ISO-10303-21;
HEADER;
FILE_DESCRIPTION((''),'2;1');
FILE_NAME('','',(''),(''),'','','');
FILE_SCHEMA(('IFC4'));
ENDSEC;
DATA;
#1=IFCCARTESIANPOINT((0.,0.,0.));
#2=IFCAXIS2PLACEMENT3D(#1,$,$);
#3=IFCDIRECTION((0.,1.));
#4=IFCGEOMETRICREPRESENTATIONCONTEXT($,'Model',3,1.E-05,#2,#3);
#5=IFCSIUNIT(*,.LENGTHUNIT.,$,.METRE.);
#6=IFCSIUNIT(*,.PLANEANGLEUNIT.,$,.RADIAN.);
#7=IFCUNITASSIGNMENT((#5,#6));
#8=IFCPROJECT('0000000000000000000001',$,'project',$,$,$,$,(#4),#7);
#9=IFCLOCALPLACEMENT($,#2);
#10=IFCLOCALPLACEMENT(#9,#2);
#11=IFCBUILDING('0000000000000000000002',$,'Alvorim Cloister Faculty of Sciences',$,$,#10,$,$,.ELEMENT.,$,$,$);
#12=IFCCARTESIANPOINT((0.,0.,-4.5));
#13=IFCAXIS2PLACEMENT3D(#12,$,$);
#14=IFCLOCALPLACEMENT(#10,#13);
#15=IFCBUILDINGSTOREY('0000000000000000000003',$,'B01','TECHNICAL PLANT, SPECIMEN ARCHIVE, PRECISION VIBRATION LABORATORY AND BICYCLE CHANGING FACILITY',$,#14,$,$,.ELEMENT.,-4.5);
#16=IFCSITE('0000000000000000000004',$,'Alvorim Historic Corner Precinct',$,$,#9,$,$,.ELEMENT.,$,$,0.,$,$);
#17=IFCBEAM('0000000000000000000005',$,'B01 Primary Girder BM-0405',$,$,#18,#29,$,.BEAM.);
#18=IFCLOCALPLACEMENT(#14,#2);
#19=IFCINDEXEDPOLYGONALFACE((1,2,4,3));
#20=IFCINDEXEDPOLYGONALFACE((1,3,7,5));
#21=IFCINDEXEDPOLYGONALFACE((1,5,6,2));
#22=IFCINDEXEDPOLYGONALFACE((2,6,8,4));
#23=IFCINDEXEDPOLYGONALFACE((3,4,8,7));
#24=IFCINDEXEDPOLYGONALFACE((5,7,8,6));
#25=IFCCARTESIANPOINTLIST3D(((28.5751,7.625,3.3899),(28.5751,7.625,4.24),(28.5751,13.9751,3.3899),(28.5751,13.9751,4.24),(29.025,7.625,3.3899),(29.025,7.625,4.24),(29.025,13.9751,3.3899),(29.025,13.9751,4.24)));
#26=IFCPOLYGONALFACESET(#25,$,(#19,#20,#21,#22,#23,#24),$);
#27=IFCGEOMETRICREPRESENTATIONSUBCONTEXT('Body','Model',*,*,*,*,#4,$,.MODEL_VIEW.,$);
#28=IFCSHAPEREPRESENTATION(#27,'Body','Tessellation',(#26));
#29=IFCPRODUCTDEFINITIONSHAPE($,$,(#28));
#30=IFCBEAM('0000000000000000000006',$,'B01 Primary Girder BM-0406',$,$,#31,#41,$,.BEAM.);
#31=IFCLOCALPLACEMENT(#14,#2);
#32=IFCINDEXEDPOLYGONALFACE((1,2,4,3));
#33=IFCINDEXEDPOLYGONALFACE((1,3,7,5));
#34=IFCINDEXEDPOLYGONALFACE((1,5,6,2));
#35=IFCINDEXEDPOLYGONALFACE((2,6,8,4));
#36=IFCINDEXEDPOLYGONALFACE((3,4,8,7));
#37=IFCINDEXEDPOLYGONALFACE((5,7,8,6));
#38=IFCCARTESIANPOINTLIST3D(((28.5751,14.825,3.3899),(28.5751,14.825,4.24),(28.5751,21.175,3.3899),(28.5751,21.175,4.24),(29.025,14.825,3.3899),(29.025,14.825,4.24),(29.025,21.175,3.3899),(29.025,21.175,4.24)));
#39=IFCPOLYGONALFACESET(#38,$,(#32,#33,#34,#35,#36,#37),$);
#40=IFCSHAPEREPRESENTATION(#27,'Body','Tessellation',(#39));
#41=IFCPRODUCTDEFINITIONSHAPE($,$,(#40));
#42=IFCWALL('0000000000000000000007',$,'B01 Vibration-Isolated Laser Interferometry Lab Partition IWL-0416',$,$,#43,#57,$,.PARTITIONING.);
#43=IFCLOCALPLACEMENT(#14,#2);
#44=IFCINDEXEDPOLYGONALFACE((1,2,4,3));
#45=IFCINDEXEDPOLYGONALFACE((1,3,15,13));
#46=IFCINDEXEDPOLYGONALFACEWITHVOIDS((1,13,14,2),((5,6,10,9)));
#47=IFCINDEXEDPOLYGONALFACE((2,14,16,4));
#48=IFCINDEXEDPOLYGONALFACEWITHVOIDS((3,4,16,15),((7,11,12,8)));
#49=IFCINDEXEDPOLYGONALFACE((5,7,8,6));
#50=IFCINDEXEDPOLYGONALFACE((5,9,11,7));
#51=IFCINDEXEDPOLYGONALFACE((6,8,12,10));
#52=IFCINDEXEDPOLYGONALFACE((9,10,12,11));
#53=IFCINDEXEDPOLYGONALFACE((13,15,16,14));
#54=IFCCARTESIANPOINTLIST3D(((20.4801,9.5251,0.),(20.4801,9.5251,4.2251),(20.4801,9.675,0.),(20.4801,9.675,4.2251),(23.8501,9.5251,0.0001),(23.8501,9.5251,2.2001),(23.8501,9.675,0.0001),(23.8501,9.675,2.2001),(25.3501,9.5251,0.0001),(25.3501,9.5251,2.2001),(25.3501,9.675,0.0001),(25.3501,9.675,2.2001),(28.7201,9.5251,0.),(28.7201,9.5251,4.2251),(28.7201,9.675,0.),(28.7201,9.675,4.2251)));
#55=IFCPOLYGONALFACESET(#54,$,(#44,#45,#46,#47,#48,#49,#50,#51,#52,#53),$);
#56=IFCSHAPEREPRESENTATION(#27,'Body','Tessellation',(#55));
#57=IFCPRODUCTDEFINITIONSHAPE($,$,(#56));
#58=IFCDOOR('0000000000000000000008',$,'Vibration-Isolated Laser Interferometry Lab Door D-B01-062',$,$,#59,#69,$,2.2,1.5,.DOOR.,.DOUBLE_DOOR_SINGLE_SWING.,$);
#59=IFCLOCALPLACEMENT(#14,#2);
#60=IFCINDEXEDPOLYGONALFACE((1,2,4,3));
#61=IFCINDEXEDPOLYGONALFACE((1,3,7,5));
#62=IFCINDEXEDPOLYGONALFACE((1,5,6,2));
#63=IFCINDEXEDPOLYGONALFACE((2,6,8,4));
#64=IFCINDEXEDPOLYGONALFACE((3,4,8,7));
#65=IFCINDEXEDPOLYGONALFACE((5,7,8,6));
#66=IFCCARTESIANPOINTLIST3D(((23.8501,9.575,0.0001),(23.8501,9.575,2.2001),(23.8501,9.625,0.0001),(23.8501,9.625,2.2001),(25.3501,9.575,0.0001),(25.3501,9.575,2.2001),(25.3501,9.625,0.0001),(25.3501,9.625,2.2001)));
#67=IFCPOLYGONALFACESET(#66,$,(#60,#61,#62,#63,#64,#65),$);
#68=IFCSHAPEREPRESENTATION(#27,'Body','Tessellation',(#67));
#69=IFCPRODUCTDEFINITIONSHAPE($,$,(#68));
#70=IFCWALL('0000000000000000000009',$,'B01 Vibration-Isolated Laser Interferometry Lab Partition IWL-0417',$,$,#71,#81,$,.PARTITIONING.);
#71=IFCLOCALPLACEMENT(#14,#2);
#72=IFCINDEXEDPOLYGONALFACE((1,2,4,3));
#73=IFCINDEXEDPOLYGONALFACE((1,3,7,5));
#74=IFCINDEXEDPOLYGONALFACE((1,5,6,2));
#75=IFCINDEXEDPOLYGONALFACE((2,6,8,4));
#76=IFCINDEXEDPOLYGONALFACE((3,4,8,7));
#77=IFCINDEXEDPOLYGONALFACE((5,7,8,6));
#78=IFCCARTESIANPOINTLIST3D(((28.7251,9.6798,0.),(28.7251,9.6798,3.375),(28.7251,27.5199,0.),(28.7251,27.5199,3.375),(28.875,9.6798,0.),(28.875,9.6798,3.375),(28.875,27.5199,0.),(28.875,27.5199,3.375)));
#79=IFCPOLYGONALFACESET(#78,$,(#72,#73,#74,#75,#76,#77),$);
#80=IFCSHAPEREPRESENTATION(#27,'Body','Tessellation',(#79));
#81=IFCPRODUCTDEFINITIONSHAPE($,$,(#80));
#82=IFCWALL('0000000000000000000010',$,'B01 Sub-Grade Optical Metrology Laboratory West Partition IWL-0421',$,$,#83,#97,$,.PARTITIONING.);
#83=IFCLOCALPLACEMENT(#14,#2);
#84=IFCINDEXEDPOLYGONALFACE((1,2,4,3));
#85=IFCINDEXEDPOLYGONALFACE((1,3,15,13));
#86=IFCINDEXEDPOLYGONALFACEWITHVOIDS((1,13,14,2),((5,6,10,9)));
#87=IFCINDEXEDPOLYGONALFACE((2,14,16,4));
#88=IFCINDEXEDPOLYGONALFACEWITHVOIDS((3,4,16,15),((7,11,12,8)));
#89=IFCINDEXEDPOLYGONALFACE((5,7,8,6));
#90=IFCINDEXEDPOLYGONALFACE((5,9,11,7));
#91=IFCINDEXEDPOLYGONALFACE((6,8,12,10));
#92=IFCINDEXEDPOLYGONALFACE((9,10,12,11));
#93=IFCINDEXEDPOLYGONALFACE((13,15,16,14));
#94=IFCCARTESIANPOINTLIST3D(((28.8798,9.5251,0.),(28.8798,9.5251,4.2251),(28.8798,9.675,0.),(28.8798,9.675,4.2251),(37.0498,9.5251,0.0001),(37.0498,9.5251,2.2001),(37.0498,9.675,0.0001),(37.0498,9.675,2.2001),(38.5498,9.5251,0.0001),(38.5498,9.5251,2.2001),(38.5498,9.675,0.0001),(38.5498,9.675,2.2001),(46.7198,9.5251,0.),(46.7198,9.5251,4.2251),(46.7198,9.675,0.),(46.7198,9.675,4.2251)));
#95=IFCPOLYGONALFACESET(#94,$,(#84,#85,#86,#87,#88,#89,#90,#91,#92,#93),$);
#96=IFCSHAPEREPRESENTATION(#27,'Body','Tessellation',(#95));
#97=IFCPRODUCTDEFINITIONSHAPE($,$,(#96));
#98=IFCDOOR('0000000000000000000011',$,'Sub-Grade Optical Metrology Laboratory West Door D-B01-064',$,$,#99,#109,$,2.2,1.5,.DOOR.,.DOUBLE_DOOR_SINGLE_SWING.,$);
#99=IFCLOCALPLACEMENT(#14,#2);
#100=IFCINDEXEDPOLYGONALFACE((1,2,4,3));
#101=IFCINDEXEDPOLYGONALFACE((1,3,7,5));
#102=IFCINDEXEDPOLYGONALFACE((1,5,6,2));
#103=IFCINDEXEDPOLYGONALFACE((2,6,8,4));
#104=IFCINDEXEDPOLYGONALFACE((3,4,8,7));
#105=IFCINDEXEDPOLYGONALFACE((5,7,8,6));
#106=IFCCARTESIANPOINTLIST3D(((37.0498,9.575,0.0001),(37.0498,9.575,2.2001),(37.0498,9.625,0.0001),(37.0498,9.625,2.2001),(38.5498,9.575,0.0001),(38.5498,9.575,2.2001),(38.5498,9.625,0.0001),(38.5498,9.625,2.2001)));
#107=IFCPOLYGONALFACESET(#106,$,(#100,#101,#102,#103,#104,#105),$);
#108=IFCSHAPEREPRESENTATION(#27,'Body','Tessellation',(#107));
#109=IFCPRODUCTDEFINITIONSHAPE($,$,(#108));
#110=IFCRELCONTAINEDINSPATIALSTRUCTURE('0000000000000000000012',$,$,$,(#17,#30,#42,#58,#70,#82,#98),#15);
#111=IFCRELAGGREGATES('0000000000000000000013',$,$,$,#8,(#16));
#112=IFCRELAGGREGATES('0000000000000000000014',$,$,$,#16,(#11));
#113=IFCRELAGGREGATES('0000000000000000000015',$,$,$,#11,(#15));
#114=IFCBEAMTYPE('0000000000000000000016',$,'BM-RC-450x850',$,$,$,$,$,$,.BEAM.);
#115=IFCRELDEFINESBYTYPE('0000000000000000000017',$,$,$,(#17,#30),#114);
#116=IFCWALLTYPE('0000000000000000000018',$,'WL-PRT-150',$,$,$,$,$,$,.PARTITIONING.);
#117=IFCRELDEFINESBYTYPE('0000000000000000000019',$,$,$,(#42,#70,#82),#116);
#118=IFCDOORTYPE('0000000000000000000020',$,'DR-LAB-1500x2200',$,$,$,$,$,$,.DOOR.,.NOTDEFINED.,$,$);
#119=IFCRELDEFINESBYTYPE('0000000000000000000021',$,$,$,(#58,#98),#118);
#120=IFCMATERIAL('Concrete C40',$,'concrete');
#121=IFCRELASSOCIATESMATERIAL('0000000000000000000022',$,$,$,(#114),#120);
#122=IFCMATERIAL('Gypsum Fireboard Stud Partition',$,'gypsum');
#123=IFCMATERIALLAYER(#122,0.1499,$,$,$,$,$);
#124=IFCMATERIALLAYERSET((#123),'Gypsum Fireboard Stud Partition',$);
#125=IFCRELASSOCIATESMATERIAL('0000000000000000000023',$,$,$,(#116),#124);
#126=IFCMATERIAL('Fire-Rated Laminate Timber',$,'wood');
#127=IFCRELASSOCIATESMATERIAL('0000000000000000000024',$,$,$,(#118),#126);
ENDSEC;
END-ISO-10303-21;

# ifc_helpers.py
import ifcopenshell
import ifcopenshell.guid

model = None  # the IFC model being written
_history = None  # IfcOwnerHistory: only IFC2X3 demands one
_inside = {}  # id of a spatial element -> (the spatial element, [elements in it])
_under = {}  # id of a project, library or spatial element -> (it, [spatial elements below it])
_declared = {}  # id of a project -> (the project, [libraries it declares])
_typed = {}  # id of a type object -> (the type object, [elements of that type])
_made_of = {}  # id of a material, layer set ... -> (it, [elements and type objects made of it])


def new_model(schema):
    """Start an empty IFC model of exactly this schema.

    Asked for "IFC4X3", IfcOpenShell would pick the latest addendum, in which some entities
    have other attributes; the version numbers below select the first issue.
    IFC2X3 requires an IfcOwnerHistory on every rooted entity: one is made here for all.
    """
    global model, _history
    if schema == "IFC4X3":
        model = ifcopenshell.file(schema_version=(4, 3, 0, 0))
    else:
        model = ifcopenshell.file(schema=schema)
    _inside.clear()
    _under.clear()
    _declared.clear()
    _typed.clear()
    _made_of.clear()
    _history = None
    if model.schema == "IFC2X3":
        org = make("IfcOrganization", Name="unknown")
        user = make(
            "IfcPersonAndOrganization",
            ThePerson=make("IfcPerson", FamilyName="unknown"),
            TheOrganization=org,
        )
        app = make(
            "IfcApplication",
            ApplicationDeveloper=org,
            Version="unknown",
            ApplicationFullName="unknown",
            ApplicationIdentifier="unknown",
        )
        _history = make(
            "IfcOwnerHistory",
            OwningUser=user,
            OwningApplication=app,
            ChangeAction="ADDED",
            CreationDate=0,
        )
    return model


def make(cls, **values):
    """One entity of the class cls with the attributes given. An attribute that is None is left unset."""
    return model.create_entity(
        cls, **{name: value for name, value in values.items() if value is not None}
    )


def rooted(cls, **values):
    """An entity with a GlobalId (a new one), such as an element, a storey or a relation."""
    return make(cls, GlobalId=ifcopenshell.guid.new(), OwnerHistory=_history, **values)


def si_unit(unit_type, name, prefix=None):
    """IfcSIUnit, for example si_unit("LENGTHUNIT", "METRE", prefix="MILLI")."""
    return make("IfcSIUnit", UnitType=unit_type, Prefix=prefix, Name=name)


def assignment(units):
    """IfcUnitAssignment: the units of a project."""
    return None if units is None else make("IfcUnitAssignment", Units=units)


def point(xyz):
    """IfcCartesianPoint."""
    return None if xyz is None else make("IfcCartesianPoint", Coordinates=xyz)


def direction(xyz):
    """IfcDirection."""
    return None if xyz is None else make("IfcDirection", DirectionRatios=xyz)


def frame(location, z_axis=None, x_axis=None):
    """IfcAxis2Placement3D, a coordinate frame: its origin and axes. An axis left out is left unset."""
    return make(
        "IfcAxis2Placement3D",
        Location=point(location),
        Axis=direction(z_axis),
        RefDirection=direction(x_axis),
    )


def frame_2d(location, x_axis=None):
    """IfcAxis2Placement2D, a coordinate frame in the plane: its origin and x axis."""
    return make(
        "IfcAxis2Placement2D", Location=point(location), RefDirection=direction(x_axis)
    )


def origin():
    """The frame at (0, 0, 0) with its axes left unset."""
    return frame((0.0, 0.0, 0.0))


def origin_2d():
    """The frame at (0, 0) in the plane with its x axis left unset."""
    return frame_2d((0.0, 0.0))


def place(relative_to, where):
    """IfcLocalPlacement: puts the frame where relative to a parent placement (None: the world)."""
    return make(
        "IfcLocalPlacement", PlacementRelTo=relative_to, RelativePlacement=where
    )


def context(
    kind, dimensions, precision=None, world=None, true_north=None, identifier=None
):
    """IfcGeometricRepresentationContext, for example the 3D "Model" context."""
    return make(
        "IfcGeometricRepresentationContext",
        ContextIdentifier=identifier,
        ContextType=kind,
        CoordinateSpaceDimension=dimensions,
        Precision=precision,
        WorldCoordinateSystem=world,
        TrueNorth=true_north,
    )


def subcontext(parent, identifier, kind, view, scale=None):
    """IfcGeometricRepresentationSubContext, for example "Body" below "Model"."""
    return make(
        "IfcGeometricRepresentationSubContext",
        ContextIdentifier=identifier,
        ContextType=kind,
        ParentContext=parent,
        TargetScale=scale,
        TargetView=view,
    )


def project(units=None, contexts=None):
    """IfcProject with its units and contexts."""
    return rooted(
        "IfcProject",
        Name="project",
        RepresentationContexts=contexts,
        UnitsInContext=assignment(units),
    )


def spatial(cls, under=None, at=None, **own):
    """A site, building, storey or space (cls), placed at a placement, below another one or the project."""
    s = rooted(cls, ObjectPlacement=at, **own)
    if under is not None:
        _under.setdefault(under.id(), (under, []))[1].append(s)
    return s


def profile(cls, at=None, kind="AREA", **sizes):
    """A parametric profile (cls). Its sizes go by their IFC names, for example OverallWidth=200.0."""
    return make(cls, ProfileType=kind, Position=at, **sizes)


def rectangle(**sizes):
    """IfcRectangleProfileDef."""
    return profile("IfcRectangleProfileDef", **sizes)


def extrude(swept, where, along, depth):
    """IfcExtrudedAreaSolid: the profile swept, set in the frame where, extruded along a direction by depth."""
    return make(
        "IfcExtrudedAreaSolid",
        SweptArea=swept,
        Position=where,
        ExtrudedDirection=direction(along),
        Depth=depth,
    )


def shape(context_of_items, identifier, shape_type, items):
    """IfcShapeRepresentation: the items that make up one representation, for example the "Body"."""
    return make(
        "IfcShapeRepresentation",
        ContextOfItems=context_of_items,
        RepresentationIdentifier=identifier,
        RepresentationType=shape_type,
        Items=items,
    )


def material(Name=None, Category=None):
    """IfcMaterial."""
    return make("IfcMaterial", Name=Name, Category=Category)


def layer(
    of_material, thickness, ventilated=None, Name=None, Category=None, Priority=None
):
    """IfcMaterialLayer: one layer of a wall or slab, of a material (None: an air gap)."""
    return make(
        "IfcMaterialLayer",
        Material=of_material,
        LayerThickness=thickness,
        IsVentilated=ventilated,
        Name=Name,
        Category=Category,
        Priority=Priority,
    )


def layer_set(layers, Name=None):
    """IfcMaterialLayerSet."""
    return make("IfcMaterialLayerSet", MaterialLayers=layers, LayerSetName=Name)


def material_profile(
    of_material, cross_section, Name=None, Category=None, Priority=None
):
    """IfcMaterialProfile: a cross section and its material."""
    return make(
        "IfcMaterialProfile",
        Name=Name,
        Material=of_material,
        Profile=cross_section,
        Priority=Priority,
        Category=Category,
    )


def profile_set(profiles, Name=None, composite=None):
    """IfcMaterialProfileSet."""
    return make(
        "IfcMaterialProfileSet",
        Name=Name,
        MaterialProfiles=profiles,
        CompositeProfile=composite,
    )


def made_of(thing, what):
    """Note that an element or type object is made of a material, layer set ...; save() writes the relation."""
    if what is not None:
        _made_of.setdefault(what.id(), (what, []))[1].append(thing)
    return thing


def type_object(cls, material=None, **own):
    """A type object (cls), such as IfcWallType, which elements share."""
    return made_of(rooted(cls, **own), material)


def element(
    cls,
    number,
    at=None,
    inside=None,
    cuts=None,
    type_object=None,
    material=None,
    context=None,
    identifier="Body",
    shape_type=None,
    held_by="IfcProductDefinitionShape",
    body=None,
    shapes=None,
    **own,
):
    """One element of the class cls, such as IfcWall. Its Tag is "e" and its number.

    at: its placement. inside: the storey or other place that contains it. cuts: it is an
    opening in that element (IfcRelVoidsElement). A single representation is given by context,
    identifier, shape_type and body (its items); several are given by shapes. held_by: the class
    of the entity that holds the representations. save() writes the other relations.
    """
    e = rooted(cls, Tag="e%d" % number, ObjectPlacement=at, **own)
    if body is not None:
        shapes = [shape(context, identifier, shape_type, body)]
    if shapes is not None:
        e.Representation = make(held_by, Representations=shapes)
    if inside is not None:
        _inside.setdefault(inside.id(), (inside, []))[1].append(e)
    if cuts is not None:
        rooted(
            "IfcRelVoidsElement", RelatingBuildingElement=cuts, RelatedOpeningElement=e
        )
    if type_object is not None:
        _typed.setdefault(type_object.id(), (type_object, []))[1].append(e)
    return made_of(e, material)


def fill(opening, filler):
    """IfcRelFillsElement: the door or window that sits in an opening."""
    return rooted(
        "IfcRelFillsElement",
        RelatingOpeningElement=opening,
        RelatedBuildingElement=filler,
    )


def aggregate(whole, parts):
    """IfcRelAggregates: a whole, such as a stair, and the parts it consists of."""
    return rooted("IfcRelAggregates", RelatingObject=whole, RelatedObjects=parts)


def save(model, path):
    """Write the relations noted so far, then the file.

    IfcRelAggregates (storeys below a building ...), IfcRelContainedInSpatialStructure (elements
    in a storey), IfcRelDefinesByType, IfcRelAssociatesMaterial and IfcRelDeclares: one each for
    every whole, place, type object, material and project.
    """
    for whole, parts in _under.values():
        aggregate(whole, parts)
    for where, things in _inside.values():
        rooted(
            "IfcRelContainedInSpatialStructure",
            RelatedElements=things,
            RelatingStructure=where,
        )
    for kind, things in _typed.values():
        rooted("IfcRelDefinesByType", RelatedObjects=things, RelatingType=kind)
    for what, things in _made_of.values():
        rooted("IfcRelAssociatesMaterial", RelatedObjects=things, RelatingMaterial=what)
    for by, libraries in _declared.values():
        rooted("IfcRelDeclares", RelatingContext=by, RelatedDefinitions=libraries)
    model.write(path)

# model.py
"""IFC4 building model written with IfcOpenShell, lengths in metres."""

from ifc_helpers import new_model, si_unit, direction, frame, frame_2d, origin, origin_2d, place, context, subcontext, project, spatial, rectangle, extrude, material, layer, layer_set, material_profile, profile_set, type_object, element, fill, save


model = new_model("IFC4")

# Units and contexts
model_context = context("Model", 3, precision=1e-05, world=origin(), true_north=direction((0.0, 1.0)))
body_context = subcontext(model_context, "Body", "Model", "MODEL_VIEW")
ifc_project = project(units=[si_unit("LENGTHUNIT", "METRE"), si_unit("PLANEANGLEUNIT", "RADIAN")], contexts=[model_context])

# Site, building, storey
site_placement = place(None, origin())
site = spatial("IfcSite", under=ifc_project, at=site_placement, Name="Alvorim Historic Corner Precinct", CompositionType="ELEMENT", RefElevation=0.0)
building_placement = place(site_placement, origin())
building = spatial("IfcBuilding", under=site, at=building_placement, Name="Alvorim Cloister Faculty of Sciences", CompositionType="ELEMENT")
storey_placement = place(building_placement, frame((0.0, 0.0, -4.5)))
storey = spatial("IfcBuildingStorey", under=building, at=storey_placement, Name="B01", Description="TECHNICAL PLANT, SPECIMEN ARCHIVE, PRECISION VIBRATION LABORATORY AND BICYCLE CHANGING FACILITY", CompositionType="ELEMENT", Elevation=-4.5)

# Shared definitions
ifc_material_1 = material(Name="Concrete C40", Category="concrete")

# Beams
ifc_material_profile_1 = material_profile(ifc_material_1, rectangle(XDim=0.45, YDim=0.8501, at=origin_2d()), Name="RC40-BM-450x850")
ifc_profile_set_1 = profile_set([ifc_material_profile_1], Name="Concrete C40")
beam_type_1 = type_object("IfcBeamType", Name="BM-RC-450x850", PredefinedType="BEAM", material=ifc_profile_set_1)
for number, where, z_axis, x_axis, name in (
    (1, (28.8, 7.625, 3.8149), (0.0, 1.0, 0.0), (-1.0, 0.0, 0.0), "B01 Primary Girder BM-0405"),
    (2, (28.8, 14.825, 3.8149), (0.0, 1.0, 0.0), (-1.0, 0.0, 0.0), "B01 Primary Girder BM-0406"),
):
    element("IfcBeam", number, at=place(storey_placement, frame(where, z_axis=z_axis, x_axis=x_axis)), inside=storey, type_object=beam_type_1, Name=name, PredefinedType="BEAM", context=body_context, shape_type="SweptSolid", body=[
        extrude(rectangle(XDim=0.45, YDim=0.8501, at=origin_2d()), origin(), (0.0, 0.0, 1.0), 6.3501),
    ])

# Wall, opening, door
ifc_material_2 = material(Name="Gypsum Fireboard Stud Partition", Category="gypsum")
ifc_layer = layer(ifc_material_2, 0.1499)
ifc_layer_set = layer_set([ifc_layer], Name="Gypsum Fireboard Stud Partition")
wall_type = type_object("IfcWallType", Name="WL-PRT-150", PredefinedType="PARTITIONING", material=ifc_layer_set)
wall_1_placement = place(storey_placement, frame((20.48, 9.6001, 0.0), z_axis=(0.0, 0.0, 1.0), x_axis=(1.0, 0.0, 0.0)))
wall_1 = element("IfcWall", 3, at=wall_1_placement, inside=storey, type_object=wall_type, Name="B01 Vibration-Isolated Laser Interferometry Lab Partition IWL-0416", PredefinedType="PARTITIONING", context=body_context, shape_type="SweptSolid", body=[
    extrude(rectangle(XDim=8.24, YDim=0.1499, at=frame_2d((4.1201, 0.0))), origin(), (0.0, 0.0, 1.0), 4.2251),
])
opening_1_placement = place(wall_1_placement, frame((3.3701, 0.0, 0.0)))
opening_1 = element("IfcOpeningElement", 4, at=opening_1_placement, cuts=wall_1, PredefinedType="OPENING", context=body_context, shape_type="SweptSolid", body=[
    extrude(rectangle(XDim=1.5, YDim=2.2, at=frame_2d((0.75, 1.1001))), frame((0.0, 0.0869, 0.0), z_axis=(0.0, -1.0, 0.0), x_axis=(1.0, 0.0, 0.0)), (0.0, 0.0, 1.0), 0.1738),
])
ifc_material_3 = material(Name="Fire-Rated Laminate Timber", Category="wood")
door_type = type_object("IfcDoorType", Name="DR-LAB-1500x2200", OperationType="NOTDEFINED", PredefinedType="DOOR", material=ifc_material_3)
door_1_placement = place(opening_1_placement, origin())
door_1 = element("IfcDoor", 5, at=door_1_placement, inside=storey, type_object=door_type, Name="Vibration-Isolated Laser Interferometry Lab Door D-B01-062", OperationType="DOUBLE_DOOR_SINGLE_SWING", OverallHeight=2.2, OverallWidth=1.5, PredefinedType="DOOR", context=body_context, shape_type="SweptSolid", body=[
    extrude(rectangle(XDim=1.5, YDim=2.2, at=frame_2d((0.75, 1.1001))), frame((0.0, 0.0249, 0.0), z_axis=(0.0, -1.0, 0.0), x_axis=(1.0, 0.0, 0.0)), (0.0, 0.0, 1.0), 0.05),
])
fill(opening_1, door_1)

# Wall
wall_2_placement = place(storey_placement, frame((28.8, 9.6799, 0.0), z_axis=(0.0, 0.0, 1.0), x_axis=(0.0, 1.0, 0.0)))
element("IfcWall", 6, at=wall_2_placement, inside=storey, type_object=wall_type, Name="B01 Vibration-Isolated Laser Interferometry Lab Partition IWL-0417", PredefinedType="PARTITIONING", context=body_context, shape_type="SweptSolid", body=[
    extrude(rectangle(XDim=17.8401, YDim=0.1499, at=frame_2d((8.9199, 0.0))), origin(), (0.0, 0.0, 1.0), 3.375),
])

# Wall, opening, door
wall_3_placement = place(storey_placement, frame((28.8799, 9.6001, 0.0), z_axis=(0.0, 0.0, 1.0), x_axis=(1.0, 0.0, 0.0)))
wall_3 = element("IfcWall", 7, at=wall_3_placement, inside=storey, type_object=wall_type, Name="B01 Sub-Grade Optical Metrology Laboratory West Partition IWL-0421", PredefinedType="PARTITIONING", context=body_context, shape_type="SweptSolid", body=[
    extrude(rectangle(XDim=17.8401, YDim=0.1499, at=frame_2d((8.9199, 0.0))), origin(), (0.0, 0.0, 1.0), 4.2251),
])
opening_2_placement = place(wall_3_placement, frame((8.1699, 0.0, 0.0)))
opening_2 = element("IfcOpeningElement", 8, at=opening_2_placement, cuts=wall_3, PredefinedType="OPENING", context=body_context, shape_type="SweptSolid", body=[
    extrude(rectangle(XDim=1.5, YDim=2.2, at=frame_2d((0.75, 1.1001))), frame((0.0, 0.0869, 0.0), z_axis=(0.0, -1.0, 0.0), x_axis=(1.0, 0.0, 0.0)), (0.0, 0.0, 1.0), 0.1738),
])
door_2_placement = place(opening_2_placement, origin())
door_2 = element("IfcDoor", 9, at=door_2_placement, inside=storey, type_object=door_type, Name="Sub-Grade Optical Metrology Laboratory West Door D-B01-064", OperationType="DOUBLE_DOOR_SINGLE_SWING", OverallHeight=2.2, OverallWidth=1.5, PredefinedType="DOOR", context=body_context, shape_type="SweptSolid", body=[
    extrude(rectangle(XDim=1.5, YDim=2.2, at=frame_2d((0.75, 1.1001))), frame((0.0, 0.0249, 0.0), z_axis=(0.0, -1.0, 0.0), x_axis=(1.0, 0.0, 0.0)), (0.0, 0.0, 1.0), 0.05),
])
fill(opening_2, door_2)

save(model, "model.ifc")
